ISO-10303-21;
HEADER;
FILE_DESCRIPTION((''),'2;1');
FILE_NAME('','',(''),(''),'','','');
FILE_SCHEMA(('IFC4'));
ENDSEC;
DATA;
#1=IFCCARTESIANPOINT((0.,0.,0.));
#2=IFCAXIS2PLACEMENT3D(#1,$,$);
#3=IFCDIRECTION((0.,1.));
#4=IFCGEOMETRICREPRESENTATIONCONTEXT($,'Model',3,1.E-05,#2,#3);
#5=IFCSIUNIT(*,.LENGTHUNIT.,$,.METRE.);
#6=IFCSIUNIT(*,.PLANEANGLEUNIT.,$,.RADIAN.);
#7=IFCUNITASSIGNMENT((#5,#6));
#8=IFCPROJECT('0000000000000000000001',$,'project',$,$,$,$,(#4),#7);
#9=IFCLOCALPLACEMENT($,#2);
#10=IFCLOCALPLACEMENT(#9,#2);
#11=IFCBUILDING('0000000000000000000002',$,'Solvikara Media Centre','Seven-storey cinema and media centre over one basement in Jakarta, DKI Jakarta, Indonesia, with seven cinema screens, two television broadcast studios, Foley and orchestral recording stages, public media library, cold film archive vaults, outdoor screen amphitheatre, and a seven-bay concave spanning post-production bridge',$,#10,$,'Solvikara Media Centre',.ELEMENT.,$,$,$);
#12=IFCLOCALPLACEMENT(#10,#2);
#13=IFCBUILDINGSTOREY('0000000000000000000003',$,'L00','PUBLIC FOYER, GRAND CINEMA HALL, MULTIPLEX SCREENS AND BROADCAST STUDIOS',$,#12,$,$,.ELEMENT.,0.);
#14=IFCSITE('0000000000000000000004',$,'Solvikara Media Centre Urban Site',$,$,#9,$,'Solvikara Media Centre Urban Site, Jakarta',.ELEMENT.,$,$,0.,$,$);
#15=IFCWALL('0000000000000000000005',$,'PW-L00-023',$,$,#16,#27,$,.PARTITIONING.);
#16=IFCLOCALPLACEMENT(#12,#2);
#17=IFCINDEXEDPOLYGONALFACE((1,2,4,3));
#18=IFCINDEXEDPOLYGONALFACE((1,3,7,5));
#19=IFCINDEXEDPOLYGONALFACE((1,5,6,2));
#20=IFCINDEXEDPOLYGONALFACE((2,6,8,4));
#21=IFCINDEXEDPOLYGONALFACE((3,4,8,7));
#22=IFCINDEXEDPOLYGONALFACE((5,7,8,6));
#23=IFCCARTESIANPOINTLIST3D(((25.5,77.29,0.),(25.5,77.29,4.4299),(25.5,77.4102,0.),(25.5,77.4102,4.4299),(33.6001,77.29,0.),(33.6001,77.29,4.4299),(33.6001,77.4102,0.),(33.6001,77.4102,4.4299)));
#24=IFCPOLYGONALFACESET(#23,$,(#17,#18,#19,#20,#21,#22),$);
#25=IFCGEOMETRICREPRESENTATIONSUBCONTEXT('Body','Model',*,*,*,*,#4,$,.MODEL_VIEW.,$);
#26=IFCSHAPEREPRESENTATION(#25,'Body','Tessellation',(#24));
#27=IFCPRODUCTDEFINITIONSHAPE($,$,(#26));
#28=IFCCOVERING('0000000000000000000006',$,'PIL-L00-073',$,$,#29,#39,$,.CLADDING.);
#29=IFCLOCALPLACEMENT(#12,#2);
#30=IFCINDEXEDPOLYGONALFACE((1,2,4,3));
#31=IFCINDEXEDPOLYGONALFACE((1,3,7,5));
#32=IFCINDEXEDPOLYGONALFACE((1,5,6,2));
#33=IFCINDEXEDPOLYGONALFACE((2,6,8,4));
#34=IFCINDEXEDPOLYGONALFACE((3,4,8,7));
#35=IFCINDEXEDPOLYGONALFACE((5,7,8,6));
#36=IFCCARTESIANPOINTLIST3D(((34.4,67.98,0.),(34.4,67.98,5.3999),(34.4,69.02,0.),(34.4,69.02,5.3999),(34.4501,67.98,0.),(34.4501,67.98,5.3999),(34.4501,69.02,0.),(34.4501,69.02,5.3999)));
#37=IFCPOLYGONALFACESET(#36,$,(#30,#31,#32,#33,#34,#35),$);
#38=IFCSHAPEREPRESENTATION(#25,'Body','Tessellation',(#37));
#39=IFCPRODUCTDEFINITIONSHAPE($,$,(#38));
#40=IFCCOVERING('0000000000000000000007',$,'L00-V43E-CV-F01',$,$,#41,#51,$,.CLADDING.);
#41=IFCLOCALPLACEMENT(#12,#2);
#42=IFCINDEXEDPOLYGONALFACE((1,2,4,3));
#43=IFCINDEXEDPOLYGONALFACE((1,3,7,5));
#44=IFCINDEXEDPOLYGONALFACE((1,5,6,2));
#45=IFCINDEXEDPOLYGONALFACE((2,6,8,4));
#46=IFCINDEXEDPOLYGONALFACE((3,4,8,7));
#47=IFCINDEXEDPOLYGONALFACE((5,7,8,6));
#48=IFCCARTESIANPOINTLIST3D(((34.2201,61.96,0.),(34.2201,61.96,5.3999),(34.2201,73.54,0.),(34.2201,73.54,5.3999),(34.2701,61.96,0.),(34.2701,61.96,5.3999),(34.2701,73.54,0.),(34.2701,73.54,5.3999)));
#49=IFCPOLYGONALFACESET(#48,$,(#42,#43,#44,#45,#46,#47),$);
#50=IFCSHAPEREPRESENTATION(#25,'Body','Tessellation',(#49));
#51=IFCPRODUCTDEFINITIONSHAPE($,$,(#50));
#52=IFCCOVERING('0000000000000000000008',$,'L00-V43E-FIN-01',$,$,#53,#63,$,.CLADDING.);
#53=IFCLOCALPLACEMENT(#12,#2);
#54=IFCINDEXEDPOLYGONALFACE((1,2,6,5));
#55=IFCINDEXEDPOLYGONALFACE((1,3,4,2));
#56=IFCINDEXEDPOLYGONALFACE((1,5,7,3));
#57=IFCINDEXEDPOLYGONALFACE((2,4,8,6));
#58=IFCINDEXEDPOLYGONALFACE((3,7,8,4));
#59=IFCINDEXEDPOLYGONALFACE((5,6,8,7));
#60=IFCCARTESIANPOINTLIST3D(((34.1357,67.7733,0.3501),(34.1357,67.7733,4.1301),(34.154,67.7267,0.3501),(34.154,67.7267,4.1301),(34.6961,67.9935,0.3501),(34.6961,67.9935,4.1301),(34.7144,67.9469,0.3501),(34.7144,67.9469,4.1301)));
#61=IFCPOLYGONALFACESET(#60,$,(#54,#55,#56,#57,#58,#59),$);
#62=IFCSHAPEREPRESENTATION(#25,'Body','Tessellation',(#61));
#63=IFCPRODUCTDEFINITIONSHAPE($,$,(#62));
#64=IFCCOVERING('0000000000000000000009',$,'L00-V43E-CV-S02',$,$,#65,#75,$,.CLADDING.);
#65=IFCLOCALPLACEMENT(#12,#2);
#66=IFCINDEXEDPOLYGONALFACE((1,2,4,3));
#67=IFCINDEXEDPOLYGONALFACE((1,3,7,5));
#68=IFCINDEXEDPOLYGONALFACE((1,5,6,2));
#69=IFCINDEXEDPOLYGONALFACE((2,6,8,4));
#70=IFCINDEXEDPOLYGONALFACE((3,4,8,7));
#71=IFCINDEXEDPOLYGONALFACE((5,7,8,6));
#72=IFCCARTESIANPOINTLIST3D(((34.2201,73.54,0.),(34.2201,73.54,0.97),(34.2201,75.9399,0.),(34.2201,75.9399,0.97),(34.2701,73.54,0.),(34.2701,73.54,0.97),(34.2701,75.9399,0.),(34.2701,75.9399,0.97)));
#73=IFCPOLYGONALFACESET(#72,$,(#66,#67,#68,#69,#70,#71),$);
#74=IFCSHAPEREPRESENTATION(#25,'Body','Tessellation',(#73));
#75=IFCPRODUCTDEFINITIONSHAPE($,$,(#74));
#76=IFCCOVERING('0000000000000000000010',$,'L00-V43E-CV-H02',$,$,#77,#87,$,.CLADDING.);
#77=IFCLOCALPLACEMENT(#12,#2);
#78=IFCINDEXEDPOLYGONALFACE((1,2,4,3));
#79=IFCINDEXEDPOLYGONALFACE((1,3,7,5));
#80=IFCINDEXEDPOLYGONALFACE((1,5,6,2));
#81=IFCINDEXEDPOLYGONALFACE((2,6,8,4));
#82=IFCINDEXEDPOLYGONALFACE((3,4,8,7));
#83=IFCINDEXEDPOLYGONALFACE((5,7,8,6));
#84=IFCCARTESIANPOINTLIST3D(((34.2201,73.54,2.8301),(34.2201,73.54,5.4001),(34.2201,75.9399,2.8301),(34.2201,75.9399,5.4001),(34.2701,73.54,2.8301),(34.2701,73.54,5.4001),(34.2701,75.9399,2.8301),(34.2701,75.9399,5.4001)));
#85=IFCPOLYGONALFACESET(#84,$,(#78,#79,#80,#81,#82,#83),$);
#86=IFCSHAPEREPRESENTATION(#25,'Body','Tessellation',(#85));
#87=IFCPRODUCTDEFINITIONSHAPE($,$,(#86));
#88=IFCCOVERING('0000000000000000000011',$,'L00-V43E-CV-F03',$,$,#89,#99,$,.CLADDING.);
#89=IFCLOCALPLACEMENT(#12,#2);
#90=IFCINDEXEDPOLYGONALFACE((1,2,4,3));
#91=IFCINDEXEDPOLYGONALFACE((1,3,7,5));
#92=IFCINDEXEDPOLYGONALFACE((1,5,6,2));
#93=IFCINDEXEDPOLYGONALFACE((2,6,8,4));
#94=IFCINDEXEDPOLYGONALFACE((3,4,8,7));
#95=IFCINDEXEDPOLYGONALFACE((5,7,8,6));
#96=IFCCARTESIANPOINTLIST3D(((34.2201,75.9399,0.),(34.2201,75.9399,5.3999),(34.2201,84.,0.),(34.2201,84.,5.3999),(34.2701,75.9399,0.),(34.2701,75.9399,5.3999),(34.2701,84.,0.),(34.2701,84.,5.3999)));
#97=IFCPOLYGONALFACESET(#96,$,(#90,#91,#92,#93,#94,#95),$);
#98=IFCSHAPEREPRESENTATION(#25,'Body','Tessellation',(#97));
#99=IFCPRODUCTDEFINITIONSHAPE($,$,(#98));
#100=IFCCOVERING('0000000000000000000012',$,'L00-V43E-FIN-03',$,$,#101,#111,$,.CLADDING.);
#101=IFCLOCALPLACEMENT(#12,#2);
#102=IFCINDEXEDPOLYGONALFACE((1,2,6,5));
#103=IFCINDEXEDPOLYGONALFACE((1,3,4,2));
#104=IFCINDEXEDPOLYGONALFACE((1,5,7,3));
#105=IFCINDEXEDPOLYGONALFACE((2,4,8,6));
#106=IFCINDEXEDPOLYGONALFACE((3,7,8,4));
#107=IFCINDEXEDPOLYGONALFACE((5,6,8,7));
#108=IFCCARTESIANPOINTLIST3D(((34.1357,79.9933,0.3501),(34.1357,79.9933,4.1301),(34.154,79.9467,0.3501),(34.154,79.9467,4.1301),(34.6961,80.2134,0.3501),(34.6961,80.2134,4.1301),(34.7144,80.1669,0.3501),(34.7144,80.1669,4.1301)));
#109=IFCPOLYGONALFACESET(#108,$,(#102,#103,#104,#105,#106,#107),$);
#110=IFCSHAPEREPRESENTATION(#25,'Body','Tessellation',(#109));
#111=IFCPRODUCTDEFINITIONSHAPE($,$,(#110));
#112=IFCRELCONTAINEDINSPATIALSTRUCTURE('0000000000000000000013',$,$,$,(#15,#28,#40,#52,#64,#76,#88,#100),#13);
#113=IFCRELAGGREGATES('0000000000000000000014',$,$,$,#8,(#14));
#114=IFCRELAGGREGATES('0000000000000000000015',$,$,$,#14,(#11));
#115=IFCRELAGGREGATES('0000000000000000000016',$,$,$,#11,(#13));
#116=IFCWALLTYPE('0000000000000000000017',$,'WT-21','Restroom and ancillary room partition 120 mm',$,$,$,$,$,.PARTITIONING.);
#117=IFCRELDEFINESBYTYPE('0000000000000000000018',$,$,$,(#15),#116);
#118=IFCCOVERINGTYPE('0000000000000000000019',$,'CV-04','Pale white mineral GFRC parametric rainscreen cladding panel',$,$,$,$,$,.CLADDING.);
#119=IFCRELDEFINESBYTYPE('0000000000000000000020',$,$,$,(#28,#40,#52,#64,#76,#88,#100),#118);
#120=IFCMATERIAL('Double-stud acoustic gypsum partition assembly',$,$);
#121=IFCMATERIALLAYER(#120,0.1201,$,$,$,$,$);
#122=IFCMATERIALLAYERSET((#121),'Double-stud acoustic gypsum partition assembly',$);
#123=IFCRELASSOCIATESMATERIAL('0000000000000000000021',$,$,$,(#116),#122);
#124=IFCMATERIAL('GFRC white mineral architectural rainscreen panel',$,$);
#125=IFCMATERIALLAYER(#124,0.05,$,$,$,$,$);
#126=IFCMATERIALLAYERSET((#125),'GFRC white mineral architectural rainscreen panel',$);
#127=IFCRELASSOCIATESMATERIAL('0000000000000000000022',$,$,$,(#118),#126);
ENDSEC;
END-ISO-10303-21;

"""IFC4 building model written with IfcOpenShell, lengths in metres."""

from ifc_helpers import new_model, si_unit, direction, frame, frame_2d, origin, origin_2d, place, context, subcontext, project, spatial, rectangle, extrude, material, layer, layer_set, type_object, element, save


model = new_model("IFC4")

# Units and contexts
model_context = context("Model", 3, precision=1e-05, world=origin(), true_north=direction((0.0, 1.0)))
body_context = subcontext(model_context, "Body", "Model", "MODEL_VIEW")
ifc_project = project(units=[si_unit("LENGTHUNIT", "METRE"), si_unit("PLANEANGLEUNIT", "RADIAN")], contexts=[model_context])

# Site, building, storey
site_placement = place(None, origin())
site = spatial("IfcSite", under=ifc_project, at=site_placement, Name="Solvikara Media Centre Urban Site", LongName="Solvikara Media Centre Urban Site, Jakarta", CompositionType="ELEMENT", RefElevation=0.0)
building_placement = place(site_placement, origin())
building = spatial("IfcBuilding", under=site, at=building_placement, Name="Solvikara Media Centre", Description="Seven-storey cinema and media centre over one basement in Jakarta, DKI Jakarta, Indonesia, with seven cinema screens, two television broadcast studios, Foley and orchestral recording stages, public media library, cold film archive vaults, outdoor screen amphitheatre, and a seven-bay concave spanning post-production bridge", LongName="Solvikara Media Centre", CompositionType="ELEMENT")
storey_placement = place(building_placement, origin())
storey = spatial("IfcBuildingStorey", under=building, at=storey_placement, Name="L00", Description="PUBLIC FOYER, GRAND CINEMA HALL, MULTIPLEX SCREENS AND BROADCAST STUDIOS", CompositionType="ELEMENT", Elevation=0.0)

# Wall
ifc_material_1 = material(Name="Double-stud acoustic gypsum partition assembly")
ifc_layer_1 = layer(ifc_material_1, 0.1201)
ifc_layer_set_1 = layer_set([ifc_layer_1], Name="Double-stud acoustic gypsum partition assembly")
wall_type_1 = type_object("IfcWallType", Name="WT-21", Description="Restroom and ancillary room partition 120 mm", PredefinedType="PARTITIONING", material=ifc_layer_set_1)
for number, where, z_axis, x_axis, name in (
    (1, (25.5, 77.3501, 0.0), (0.0, 0.0, 1.0), (1.0, 0.0, 0.0), "PW-L00-023"),
):
    element("IfcWall", number, at=place(storey_placement, frame(where, z_axis=z_axis, x_axis=x_axis)), inside=storey, type_object=wall_type_1, Name=name, PredefinedType="PARTITIONING", context=body_context, shape_type="SweptSolid", body=[
        extrude(rectangle(XDim=8.1001, YDim=0.1201, at=frame_2d((4.05, 0.0))), origin(), (0.0, 0.0, 1.0), 4.4299),
    ])

# Coverings
ifc_material_2 = material(Name="GFRC white mineral architectural rainscreen panel")
ifc_layer_2 = layer(ifc_material_2, 0.05)
ifc_layer_set_2 = layer_set([ifc_layer_2], Name="GFRC white mineral architectural rainscreen panel")
covering_type = type_object("IfcCoveringType", Name="CV-04", Description="Pale white mineral GFRC parametric rainscreen cladding panel", PredefinedType="CLADDING", material=ifc_layer_set_2)
covering_1_placement = place(storey_placement, frame((34.425, 68.5, 0.0), z_axis=(0.0, 0.0, 1.0), x_axis=(0.0, 1.0, 0.0)))
element("IfcCovering", 2, at=covering_1_placement, inside=storey, type_object=covering_type, Name="PIL-L00-073", PredefinedType="CLADDING", context=body_context, shape_type="SweptSolid", body=[
    extrude(rectangle(XDim=1.04, YDim=0.05, at=origin_2d()), origin(), (0.0, 0.0, 1.0), 5.3999),
])
covering_2_placement = place(storey_placement, frame((34.2451, 67.75, 0.0), z_axis=(0.0, 0.0, 1.0), x_axis=(0.0, 1.0, 0.0)))
element("IfcCovering", 3, at=covering_2_placement, inside=storey, type_object=covering_type, Name="L00-V43E-CV-F01", PredefinedType="CLADDING", context=body_context, shape_type="SweptSolid", body=[
    extrude(rectangle(XDim=11.5801, YDim=0.05, at=origin_2d()), origin(), (0.0, 0.0, 1.0), 5.3999),
])
covering_3_placement = place(storey_placement, frame((34.425, 67.8601, 0.3501), z_axis=(0.0, 0.0, 1.0), x_axis=(0.93075, 0.365657, 0.0)))
element("IfcCovering", 4, at=covering_3_placement, inside=storey, type_object=covering_type, Name="L00-V43E-FIN-01", PredefinedType="CLADDING", context=body_context, shape_type="SweptSolid", body=[
    extrude(rectangle(XDim=0.6021, YDim=0.05, at=origin_2d()), origin(), (0.0, 0.0, 1.0), 3.78),
])
covering_4_placement = place(storey_placement, frame((34.2451, 74.74, 0.0), z_axis=(0.0, 0.0, 1.0), x_axis=(0.0, 1.0, 0.0)))
element("IfcCovering", 5, at=covering_4_placement, inside=storey, type_object=covering_type, Name="L00-V43E-CV-S02", PredefinedType="CLADDING", context=body_context, shape_type="SweptSolid", body=[
    extrude(rectangle(XDim=2.3999, YDim=0.05, at=origin_2d()), origin(), (0.0, 0.0, 1.0), 0.97),
])
covering_5_placement = place(storey_placement, frame((34.2451, 74.74, 2.8301), z_axis=(0.0, 0.0, 1.0), x_axis=(0.0, 1.0, 0.0)))
element("IfcCovering", 6, at=covering_5_placement, inside=storey, type_object=covering_type, Name="L00-V43E-CV-H02", PredefinedType="CLADDING", context=body_context, shape_type="SweptSolid", body=[
    extrude(rectangle(XDim=2.3999, YDim=0.05, at=origin_2d()), origin(), (0.0, 0.0, 1.0), 2.5701),
])
covering_6_placement = place(storey_placement, frame((34.2451, 79.97, 0.0), z_axis=(0.0, 0.0, 1.0), x_axis=(0.0, 1.0, 0.0)))
element("IfcCovering", 7, at=covering_6_placement, inside=storey, type_object=covering_type, Name="L00-V43E-CV-F03", PredefinedType="CLADDING", context=body_context, shape_type="SweptSolid", body=[
    extrude(rectangle(XDim=8.0601, YDim=0.05, at=origin_2d()), origin(), (0.0, 0.0, 1.0), 5.3999),
])
covering_7_placement = place(storey_placement, frame((34.425, 80.0801, 0.3501), z_axis=(0.0, 0.0, 1.0), x_axis=(0.93075, 0.365657, 0.0)))
element("IfcCovering", 8, at=covering_7_placement, inside=storey, type_object=covering_type, Name="L00-V43E-FIN-03", PredefinedType="CLADDING", context=body_context, shape_type="SweptSolid", body=[
    extrude(rectangle(XDim=0.6021, YDim=0.05, at=origin_2d()), origin(), (0.0, 0.0, 1.0), 3.78),
])

save(model, "model.ifc")
